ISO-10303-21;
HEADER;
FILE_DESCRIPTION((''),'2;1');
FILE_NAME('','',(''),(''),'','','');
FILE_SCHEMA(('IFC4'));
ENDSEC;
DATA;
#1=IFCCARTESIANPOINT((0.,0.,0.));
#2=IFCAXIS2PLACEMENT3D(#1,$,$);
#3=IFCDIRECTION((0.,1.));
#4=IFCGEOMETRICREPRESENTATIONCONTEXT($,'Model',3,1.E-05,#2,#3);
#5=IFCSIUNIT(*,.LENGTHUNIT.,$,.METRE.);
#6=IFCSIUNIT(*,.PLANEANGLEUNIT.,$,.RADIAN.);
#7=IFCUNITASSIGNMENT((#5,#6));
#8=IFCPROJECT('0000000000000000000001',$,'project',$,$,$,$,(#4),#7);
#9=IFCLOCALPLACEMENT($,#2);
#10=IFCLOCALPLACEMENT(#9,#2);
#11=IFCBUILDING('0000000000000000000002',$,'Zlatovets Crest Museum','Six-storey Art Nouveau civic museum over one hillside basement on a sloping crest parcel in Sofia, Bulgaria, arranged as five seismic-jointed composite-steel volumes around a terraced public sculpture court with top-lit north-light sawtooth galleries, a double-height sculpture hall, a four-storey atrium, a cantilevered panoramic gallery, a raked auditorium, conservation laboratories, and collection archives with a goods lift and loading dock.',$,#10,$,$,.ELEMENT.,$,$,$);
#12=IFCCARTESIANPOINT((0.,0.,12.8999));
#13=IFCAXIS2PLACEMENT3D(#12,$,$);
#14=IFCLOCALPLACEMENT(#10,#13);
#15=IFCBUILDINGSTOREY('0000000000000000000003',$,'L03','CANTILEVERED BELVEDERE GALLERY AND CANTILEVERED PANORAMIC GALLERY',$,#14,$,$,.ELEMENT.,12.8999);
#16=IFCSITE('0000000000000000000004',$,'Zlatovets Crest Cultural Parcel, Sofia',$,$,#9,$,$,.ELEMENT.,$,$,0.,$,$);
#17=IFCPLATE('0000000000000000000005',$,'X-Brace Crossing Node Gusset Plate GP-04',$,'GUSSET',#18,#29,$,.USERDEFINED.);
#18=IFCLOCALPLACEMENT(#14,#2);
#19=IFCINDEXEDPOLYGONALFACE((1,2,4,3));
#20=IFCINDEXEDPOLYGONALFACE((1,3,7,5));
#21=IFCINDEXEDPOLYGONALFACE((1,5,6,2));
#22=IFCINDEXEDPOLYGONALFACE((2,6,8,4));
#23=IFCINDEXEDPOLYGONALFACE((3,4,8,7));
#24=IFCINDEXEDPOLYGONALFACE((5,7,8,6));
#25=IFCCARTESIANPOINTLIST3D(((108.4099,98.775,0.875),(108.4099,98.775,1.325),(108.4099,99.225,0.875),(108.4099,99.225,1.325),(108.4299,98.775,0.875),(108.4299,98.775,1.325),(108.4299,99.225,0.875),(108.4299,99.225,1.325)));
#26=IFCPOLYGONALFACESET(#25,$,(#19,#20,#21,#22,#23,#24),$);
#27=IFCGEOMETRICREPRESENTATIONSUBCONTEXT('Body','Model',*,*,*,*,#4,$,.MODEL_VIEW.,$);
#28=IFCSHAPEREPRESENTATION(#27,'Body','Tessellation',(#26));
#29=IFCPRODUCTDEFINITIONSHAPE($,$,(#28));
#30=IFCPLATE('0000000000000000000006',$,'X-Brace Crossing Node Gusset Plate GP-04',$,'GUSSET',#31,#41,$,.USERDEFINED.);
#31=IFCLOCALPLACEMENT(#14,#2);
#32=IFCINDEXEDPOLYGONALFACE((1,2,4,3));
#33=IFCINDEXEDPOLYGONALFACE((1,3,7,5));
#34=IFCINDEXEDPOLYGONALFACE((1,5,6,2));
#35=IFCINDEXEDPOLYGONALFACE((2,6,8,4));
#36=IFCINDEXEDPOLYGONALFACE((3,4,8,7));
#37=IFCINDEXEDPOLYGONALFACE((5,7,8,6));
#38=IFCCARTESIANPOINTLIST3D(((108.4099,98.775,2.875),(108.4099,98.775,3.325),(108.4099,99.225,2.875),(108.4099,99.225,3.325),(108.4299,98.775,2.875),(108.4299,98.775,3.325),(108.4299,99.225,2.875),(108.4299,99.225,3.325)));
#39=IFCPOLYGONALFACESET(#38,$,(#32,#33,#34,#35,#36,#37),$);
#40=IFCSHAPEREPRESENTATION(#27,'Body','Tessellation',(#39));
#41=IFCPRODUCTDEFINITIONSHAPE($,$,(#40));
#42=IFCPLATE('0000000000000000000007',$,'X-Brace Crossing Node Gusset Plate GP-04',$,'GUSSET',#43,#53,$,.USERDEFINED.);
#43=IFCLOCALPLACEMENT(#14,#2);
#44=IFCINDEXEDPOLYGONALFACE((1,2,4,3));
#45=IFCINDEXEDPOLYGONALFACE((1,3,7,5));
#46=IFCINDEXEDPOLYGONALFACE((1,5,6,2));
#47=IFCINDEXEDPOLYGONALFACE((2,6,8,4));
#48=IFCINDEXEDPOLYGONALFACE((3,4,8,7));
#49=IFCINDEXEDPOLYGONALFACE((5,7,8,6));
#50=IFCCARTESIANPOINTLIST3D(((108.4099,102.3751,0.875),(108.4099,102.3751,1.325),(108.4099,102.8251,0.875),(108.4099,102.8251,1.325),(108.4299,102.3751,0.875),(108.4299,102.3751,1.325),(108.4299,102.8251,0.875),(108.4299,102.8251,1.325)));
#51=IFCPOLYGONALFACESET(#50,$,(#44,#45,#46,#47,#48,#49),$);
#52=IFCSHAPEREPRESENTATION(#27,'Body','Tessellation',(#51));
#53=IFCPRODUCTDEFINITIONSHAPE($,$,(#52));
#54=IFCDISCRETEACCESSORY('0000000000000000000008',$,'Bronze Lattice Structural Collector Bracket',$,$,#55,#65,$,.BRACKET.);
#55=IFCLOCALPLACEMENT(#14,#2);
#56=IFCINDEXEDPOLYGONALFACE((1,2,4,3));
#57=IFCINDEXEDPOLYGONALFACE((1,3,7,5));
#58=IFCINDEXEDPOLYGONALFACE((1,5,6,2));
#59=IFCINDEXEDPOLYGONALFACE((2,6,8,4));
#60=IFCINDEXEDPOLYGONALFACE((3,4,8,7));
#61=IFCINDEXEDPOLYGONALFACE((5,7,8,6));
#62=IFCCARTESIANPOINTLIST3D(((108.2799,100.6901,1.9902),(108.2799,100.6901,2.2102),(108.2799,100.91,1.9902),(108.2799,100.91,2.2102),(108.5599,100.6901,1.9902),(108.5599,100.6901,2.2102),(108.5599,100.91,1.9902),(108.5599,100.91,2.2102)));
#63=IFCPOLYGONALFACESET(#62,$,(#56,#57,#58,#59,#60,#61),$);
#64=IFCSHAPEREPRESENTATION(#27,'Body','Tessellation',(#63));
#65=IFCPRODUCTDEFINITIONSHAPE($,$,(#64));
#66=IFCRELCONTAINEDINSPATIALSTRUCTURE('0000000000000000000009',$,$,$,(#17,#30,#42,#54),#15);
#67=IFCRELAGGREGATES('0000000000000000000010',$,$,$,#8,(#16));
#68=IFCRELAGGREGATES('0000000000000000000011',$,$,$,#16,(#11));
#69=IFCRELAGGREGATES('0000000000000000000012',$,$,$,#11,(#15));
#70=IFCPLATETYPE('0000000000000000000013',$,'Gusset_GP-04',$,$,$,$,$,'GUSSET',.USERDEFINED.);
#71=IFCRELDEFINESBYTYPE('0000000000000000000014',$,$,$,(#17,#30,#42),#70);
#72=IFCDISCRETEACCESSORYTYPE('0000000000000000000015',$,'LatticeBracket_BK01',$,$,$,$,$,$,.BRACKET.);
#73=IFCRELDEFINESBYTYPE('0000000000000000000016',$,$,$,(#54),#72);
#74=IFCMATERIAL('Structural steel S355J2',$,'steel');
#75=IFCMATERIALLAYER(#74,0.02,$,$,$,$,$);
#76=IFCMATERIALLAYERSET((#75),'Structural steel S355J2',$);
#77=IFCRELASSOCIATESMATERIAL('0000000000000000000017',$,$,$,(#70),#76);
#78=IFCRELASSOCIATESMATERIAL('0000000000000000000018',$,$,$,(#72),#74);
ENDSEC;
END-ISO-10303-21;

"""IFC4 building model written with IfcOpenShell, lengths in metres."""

from ifc_helpers import new_model, si_unit, direction, frame, origin, origin_2d, place, context, subcontext, project, spatial, rectangle, extrude, material, layer, layer_set, type_object, element, save


model = new_model("IFC4")

# Units and contexts
model_context = context("Model", 3, precision=1e-05, world=origin(), true_north=direction((0.0, 1.0)))
body_context = subcontext(model_context, "Body", "Model", "MODEL_VIEW")
ifc_project = project(units=[si_unit("LENGTHUNIT", "METRE"), si_unit("PLANEANGLEUNIT", "RADIAN")], contexts=[model_context])

# Site, building, storey
site_placement = place(None, origin())
site = spatial("IfcSite", under=ifc_project, at=site_placement, Name="Zlatovets Crest Cultural Parcel, Sofia", CompositionType="ELEMENT", RefElevation=0.0)
building_placement = place(site_placement, origin())
building = spatial("IfcBuilding", under=site, at=building_placement, Name="Zlatovets Crest Museum", Description="Six-storey Art Nouveau civic museum over one hillside basement on a sloping crest parcel in Sofia, Bulgaria, arranged as five seismic-jointed composite-steel volumes around a terraced public sculpture court with top-lit north-light sawtooth galleries, a double-height sculpture hall, a four-storey atrium, a cantilevered panoramic gallery, a raked auditorium, conservation laboratories, and collection archives with a goods lift and loading dock.", CompositionType="ELEMENT")
storey_placement = place(building_placement, frame((0.0, 0.0, 12.8999)))
storey = spatial("IfcBuildingStorey", under=building, at=storey_placement, Name="L03", Description="CANTILEVERED BELVEDERE GALLERY AND CANTILEVERED PANORAMIC GALLERY", CompositionType="ELEMENT", Elevation=12.8999)

# Plates
ifc_material_1 = material(Name="Structural steel S355J2", Category="steel")
ifc_layer_1 = layer(ifc_material_1, 0.02)
ifc_layer_set_1 = layer_set([ifc_layer_1], Name="Structural steel S355J2")
plate_type_1 = type_object("IfcPlateType", Name="Gusset_GP-04", ElementType="GUSSET", PredefinedType="USERDEFINED", material=ifc_layer_set_1)
for number, where, z_axis, x_axis, name in (
    (1, (108.4199, 99.0, 0.875), (0.0, 0.0, 1.0), (1.0, 0.0, 0.0), "X-Brace Crossing Node Gusset Plate GP-04"),
    (2, (108.4199, 99.0, 2.875), (0.0, 0.0, 1.0), (1.0, 0.0, 0.0), "X-Brace Crossing Node Gusset Plate GP-04"),
    (3, (108.4199, 102.6001, 0.875), (0.0, 0.0, 1.0), (1.0, 0.0, 0.0), "X-Brace Crossing Node Gusset Plate GP-04"),
):
    element("IfcPlate", number, at=place(storey_placement, frame(where, z_axis=z_axis, x_axis=x_axis)), inside=storey, type_object=plate_type_1, Name=name, ObjectType="GUSSET", PredefinedType="USERDEFINED", context=body_context, shape_type="SweptSolid", body=[
        extrude(rectangle(XDim=0.02, YDim=0.45, at=origin_2d()), origin(), (0.0, 0.0, 1.0), 0.45),
    ])

# Discrete accessory
discrete_accessory_type = type_object("IfcDiscreteAccessoryType", Name="LatticeBracket_BK01", PredefinedType="BRACKET", material=ifc_material_1)
discrete_accessory_placement = place(storey_placement, frame((108.4199, 100.8, 1.9902), z_axis=(0.0, 0.0, 1.0), x_axis=(1.0, 0.0, 0.0)))
element("IfcDiscreteAccessory", 4, at=discrete_accessory_placement, inside=storey, type_object=discrete_accessory_type, Name="Bronze Lattice Structural Collector Bracket", PredefinedType="BRACKET", context=body_context, shape_type="SweptSolid", body=[
    extrude(rectangle(XDim=0.28, YDim=0.22, at=origin_2d()), origin(), (0.0, 0.0, 1.0), 0.22),
])

save(model, "model.ifc")
